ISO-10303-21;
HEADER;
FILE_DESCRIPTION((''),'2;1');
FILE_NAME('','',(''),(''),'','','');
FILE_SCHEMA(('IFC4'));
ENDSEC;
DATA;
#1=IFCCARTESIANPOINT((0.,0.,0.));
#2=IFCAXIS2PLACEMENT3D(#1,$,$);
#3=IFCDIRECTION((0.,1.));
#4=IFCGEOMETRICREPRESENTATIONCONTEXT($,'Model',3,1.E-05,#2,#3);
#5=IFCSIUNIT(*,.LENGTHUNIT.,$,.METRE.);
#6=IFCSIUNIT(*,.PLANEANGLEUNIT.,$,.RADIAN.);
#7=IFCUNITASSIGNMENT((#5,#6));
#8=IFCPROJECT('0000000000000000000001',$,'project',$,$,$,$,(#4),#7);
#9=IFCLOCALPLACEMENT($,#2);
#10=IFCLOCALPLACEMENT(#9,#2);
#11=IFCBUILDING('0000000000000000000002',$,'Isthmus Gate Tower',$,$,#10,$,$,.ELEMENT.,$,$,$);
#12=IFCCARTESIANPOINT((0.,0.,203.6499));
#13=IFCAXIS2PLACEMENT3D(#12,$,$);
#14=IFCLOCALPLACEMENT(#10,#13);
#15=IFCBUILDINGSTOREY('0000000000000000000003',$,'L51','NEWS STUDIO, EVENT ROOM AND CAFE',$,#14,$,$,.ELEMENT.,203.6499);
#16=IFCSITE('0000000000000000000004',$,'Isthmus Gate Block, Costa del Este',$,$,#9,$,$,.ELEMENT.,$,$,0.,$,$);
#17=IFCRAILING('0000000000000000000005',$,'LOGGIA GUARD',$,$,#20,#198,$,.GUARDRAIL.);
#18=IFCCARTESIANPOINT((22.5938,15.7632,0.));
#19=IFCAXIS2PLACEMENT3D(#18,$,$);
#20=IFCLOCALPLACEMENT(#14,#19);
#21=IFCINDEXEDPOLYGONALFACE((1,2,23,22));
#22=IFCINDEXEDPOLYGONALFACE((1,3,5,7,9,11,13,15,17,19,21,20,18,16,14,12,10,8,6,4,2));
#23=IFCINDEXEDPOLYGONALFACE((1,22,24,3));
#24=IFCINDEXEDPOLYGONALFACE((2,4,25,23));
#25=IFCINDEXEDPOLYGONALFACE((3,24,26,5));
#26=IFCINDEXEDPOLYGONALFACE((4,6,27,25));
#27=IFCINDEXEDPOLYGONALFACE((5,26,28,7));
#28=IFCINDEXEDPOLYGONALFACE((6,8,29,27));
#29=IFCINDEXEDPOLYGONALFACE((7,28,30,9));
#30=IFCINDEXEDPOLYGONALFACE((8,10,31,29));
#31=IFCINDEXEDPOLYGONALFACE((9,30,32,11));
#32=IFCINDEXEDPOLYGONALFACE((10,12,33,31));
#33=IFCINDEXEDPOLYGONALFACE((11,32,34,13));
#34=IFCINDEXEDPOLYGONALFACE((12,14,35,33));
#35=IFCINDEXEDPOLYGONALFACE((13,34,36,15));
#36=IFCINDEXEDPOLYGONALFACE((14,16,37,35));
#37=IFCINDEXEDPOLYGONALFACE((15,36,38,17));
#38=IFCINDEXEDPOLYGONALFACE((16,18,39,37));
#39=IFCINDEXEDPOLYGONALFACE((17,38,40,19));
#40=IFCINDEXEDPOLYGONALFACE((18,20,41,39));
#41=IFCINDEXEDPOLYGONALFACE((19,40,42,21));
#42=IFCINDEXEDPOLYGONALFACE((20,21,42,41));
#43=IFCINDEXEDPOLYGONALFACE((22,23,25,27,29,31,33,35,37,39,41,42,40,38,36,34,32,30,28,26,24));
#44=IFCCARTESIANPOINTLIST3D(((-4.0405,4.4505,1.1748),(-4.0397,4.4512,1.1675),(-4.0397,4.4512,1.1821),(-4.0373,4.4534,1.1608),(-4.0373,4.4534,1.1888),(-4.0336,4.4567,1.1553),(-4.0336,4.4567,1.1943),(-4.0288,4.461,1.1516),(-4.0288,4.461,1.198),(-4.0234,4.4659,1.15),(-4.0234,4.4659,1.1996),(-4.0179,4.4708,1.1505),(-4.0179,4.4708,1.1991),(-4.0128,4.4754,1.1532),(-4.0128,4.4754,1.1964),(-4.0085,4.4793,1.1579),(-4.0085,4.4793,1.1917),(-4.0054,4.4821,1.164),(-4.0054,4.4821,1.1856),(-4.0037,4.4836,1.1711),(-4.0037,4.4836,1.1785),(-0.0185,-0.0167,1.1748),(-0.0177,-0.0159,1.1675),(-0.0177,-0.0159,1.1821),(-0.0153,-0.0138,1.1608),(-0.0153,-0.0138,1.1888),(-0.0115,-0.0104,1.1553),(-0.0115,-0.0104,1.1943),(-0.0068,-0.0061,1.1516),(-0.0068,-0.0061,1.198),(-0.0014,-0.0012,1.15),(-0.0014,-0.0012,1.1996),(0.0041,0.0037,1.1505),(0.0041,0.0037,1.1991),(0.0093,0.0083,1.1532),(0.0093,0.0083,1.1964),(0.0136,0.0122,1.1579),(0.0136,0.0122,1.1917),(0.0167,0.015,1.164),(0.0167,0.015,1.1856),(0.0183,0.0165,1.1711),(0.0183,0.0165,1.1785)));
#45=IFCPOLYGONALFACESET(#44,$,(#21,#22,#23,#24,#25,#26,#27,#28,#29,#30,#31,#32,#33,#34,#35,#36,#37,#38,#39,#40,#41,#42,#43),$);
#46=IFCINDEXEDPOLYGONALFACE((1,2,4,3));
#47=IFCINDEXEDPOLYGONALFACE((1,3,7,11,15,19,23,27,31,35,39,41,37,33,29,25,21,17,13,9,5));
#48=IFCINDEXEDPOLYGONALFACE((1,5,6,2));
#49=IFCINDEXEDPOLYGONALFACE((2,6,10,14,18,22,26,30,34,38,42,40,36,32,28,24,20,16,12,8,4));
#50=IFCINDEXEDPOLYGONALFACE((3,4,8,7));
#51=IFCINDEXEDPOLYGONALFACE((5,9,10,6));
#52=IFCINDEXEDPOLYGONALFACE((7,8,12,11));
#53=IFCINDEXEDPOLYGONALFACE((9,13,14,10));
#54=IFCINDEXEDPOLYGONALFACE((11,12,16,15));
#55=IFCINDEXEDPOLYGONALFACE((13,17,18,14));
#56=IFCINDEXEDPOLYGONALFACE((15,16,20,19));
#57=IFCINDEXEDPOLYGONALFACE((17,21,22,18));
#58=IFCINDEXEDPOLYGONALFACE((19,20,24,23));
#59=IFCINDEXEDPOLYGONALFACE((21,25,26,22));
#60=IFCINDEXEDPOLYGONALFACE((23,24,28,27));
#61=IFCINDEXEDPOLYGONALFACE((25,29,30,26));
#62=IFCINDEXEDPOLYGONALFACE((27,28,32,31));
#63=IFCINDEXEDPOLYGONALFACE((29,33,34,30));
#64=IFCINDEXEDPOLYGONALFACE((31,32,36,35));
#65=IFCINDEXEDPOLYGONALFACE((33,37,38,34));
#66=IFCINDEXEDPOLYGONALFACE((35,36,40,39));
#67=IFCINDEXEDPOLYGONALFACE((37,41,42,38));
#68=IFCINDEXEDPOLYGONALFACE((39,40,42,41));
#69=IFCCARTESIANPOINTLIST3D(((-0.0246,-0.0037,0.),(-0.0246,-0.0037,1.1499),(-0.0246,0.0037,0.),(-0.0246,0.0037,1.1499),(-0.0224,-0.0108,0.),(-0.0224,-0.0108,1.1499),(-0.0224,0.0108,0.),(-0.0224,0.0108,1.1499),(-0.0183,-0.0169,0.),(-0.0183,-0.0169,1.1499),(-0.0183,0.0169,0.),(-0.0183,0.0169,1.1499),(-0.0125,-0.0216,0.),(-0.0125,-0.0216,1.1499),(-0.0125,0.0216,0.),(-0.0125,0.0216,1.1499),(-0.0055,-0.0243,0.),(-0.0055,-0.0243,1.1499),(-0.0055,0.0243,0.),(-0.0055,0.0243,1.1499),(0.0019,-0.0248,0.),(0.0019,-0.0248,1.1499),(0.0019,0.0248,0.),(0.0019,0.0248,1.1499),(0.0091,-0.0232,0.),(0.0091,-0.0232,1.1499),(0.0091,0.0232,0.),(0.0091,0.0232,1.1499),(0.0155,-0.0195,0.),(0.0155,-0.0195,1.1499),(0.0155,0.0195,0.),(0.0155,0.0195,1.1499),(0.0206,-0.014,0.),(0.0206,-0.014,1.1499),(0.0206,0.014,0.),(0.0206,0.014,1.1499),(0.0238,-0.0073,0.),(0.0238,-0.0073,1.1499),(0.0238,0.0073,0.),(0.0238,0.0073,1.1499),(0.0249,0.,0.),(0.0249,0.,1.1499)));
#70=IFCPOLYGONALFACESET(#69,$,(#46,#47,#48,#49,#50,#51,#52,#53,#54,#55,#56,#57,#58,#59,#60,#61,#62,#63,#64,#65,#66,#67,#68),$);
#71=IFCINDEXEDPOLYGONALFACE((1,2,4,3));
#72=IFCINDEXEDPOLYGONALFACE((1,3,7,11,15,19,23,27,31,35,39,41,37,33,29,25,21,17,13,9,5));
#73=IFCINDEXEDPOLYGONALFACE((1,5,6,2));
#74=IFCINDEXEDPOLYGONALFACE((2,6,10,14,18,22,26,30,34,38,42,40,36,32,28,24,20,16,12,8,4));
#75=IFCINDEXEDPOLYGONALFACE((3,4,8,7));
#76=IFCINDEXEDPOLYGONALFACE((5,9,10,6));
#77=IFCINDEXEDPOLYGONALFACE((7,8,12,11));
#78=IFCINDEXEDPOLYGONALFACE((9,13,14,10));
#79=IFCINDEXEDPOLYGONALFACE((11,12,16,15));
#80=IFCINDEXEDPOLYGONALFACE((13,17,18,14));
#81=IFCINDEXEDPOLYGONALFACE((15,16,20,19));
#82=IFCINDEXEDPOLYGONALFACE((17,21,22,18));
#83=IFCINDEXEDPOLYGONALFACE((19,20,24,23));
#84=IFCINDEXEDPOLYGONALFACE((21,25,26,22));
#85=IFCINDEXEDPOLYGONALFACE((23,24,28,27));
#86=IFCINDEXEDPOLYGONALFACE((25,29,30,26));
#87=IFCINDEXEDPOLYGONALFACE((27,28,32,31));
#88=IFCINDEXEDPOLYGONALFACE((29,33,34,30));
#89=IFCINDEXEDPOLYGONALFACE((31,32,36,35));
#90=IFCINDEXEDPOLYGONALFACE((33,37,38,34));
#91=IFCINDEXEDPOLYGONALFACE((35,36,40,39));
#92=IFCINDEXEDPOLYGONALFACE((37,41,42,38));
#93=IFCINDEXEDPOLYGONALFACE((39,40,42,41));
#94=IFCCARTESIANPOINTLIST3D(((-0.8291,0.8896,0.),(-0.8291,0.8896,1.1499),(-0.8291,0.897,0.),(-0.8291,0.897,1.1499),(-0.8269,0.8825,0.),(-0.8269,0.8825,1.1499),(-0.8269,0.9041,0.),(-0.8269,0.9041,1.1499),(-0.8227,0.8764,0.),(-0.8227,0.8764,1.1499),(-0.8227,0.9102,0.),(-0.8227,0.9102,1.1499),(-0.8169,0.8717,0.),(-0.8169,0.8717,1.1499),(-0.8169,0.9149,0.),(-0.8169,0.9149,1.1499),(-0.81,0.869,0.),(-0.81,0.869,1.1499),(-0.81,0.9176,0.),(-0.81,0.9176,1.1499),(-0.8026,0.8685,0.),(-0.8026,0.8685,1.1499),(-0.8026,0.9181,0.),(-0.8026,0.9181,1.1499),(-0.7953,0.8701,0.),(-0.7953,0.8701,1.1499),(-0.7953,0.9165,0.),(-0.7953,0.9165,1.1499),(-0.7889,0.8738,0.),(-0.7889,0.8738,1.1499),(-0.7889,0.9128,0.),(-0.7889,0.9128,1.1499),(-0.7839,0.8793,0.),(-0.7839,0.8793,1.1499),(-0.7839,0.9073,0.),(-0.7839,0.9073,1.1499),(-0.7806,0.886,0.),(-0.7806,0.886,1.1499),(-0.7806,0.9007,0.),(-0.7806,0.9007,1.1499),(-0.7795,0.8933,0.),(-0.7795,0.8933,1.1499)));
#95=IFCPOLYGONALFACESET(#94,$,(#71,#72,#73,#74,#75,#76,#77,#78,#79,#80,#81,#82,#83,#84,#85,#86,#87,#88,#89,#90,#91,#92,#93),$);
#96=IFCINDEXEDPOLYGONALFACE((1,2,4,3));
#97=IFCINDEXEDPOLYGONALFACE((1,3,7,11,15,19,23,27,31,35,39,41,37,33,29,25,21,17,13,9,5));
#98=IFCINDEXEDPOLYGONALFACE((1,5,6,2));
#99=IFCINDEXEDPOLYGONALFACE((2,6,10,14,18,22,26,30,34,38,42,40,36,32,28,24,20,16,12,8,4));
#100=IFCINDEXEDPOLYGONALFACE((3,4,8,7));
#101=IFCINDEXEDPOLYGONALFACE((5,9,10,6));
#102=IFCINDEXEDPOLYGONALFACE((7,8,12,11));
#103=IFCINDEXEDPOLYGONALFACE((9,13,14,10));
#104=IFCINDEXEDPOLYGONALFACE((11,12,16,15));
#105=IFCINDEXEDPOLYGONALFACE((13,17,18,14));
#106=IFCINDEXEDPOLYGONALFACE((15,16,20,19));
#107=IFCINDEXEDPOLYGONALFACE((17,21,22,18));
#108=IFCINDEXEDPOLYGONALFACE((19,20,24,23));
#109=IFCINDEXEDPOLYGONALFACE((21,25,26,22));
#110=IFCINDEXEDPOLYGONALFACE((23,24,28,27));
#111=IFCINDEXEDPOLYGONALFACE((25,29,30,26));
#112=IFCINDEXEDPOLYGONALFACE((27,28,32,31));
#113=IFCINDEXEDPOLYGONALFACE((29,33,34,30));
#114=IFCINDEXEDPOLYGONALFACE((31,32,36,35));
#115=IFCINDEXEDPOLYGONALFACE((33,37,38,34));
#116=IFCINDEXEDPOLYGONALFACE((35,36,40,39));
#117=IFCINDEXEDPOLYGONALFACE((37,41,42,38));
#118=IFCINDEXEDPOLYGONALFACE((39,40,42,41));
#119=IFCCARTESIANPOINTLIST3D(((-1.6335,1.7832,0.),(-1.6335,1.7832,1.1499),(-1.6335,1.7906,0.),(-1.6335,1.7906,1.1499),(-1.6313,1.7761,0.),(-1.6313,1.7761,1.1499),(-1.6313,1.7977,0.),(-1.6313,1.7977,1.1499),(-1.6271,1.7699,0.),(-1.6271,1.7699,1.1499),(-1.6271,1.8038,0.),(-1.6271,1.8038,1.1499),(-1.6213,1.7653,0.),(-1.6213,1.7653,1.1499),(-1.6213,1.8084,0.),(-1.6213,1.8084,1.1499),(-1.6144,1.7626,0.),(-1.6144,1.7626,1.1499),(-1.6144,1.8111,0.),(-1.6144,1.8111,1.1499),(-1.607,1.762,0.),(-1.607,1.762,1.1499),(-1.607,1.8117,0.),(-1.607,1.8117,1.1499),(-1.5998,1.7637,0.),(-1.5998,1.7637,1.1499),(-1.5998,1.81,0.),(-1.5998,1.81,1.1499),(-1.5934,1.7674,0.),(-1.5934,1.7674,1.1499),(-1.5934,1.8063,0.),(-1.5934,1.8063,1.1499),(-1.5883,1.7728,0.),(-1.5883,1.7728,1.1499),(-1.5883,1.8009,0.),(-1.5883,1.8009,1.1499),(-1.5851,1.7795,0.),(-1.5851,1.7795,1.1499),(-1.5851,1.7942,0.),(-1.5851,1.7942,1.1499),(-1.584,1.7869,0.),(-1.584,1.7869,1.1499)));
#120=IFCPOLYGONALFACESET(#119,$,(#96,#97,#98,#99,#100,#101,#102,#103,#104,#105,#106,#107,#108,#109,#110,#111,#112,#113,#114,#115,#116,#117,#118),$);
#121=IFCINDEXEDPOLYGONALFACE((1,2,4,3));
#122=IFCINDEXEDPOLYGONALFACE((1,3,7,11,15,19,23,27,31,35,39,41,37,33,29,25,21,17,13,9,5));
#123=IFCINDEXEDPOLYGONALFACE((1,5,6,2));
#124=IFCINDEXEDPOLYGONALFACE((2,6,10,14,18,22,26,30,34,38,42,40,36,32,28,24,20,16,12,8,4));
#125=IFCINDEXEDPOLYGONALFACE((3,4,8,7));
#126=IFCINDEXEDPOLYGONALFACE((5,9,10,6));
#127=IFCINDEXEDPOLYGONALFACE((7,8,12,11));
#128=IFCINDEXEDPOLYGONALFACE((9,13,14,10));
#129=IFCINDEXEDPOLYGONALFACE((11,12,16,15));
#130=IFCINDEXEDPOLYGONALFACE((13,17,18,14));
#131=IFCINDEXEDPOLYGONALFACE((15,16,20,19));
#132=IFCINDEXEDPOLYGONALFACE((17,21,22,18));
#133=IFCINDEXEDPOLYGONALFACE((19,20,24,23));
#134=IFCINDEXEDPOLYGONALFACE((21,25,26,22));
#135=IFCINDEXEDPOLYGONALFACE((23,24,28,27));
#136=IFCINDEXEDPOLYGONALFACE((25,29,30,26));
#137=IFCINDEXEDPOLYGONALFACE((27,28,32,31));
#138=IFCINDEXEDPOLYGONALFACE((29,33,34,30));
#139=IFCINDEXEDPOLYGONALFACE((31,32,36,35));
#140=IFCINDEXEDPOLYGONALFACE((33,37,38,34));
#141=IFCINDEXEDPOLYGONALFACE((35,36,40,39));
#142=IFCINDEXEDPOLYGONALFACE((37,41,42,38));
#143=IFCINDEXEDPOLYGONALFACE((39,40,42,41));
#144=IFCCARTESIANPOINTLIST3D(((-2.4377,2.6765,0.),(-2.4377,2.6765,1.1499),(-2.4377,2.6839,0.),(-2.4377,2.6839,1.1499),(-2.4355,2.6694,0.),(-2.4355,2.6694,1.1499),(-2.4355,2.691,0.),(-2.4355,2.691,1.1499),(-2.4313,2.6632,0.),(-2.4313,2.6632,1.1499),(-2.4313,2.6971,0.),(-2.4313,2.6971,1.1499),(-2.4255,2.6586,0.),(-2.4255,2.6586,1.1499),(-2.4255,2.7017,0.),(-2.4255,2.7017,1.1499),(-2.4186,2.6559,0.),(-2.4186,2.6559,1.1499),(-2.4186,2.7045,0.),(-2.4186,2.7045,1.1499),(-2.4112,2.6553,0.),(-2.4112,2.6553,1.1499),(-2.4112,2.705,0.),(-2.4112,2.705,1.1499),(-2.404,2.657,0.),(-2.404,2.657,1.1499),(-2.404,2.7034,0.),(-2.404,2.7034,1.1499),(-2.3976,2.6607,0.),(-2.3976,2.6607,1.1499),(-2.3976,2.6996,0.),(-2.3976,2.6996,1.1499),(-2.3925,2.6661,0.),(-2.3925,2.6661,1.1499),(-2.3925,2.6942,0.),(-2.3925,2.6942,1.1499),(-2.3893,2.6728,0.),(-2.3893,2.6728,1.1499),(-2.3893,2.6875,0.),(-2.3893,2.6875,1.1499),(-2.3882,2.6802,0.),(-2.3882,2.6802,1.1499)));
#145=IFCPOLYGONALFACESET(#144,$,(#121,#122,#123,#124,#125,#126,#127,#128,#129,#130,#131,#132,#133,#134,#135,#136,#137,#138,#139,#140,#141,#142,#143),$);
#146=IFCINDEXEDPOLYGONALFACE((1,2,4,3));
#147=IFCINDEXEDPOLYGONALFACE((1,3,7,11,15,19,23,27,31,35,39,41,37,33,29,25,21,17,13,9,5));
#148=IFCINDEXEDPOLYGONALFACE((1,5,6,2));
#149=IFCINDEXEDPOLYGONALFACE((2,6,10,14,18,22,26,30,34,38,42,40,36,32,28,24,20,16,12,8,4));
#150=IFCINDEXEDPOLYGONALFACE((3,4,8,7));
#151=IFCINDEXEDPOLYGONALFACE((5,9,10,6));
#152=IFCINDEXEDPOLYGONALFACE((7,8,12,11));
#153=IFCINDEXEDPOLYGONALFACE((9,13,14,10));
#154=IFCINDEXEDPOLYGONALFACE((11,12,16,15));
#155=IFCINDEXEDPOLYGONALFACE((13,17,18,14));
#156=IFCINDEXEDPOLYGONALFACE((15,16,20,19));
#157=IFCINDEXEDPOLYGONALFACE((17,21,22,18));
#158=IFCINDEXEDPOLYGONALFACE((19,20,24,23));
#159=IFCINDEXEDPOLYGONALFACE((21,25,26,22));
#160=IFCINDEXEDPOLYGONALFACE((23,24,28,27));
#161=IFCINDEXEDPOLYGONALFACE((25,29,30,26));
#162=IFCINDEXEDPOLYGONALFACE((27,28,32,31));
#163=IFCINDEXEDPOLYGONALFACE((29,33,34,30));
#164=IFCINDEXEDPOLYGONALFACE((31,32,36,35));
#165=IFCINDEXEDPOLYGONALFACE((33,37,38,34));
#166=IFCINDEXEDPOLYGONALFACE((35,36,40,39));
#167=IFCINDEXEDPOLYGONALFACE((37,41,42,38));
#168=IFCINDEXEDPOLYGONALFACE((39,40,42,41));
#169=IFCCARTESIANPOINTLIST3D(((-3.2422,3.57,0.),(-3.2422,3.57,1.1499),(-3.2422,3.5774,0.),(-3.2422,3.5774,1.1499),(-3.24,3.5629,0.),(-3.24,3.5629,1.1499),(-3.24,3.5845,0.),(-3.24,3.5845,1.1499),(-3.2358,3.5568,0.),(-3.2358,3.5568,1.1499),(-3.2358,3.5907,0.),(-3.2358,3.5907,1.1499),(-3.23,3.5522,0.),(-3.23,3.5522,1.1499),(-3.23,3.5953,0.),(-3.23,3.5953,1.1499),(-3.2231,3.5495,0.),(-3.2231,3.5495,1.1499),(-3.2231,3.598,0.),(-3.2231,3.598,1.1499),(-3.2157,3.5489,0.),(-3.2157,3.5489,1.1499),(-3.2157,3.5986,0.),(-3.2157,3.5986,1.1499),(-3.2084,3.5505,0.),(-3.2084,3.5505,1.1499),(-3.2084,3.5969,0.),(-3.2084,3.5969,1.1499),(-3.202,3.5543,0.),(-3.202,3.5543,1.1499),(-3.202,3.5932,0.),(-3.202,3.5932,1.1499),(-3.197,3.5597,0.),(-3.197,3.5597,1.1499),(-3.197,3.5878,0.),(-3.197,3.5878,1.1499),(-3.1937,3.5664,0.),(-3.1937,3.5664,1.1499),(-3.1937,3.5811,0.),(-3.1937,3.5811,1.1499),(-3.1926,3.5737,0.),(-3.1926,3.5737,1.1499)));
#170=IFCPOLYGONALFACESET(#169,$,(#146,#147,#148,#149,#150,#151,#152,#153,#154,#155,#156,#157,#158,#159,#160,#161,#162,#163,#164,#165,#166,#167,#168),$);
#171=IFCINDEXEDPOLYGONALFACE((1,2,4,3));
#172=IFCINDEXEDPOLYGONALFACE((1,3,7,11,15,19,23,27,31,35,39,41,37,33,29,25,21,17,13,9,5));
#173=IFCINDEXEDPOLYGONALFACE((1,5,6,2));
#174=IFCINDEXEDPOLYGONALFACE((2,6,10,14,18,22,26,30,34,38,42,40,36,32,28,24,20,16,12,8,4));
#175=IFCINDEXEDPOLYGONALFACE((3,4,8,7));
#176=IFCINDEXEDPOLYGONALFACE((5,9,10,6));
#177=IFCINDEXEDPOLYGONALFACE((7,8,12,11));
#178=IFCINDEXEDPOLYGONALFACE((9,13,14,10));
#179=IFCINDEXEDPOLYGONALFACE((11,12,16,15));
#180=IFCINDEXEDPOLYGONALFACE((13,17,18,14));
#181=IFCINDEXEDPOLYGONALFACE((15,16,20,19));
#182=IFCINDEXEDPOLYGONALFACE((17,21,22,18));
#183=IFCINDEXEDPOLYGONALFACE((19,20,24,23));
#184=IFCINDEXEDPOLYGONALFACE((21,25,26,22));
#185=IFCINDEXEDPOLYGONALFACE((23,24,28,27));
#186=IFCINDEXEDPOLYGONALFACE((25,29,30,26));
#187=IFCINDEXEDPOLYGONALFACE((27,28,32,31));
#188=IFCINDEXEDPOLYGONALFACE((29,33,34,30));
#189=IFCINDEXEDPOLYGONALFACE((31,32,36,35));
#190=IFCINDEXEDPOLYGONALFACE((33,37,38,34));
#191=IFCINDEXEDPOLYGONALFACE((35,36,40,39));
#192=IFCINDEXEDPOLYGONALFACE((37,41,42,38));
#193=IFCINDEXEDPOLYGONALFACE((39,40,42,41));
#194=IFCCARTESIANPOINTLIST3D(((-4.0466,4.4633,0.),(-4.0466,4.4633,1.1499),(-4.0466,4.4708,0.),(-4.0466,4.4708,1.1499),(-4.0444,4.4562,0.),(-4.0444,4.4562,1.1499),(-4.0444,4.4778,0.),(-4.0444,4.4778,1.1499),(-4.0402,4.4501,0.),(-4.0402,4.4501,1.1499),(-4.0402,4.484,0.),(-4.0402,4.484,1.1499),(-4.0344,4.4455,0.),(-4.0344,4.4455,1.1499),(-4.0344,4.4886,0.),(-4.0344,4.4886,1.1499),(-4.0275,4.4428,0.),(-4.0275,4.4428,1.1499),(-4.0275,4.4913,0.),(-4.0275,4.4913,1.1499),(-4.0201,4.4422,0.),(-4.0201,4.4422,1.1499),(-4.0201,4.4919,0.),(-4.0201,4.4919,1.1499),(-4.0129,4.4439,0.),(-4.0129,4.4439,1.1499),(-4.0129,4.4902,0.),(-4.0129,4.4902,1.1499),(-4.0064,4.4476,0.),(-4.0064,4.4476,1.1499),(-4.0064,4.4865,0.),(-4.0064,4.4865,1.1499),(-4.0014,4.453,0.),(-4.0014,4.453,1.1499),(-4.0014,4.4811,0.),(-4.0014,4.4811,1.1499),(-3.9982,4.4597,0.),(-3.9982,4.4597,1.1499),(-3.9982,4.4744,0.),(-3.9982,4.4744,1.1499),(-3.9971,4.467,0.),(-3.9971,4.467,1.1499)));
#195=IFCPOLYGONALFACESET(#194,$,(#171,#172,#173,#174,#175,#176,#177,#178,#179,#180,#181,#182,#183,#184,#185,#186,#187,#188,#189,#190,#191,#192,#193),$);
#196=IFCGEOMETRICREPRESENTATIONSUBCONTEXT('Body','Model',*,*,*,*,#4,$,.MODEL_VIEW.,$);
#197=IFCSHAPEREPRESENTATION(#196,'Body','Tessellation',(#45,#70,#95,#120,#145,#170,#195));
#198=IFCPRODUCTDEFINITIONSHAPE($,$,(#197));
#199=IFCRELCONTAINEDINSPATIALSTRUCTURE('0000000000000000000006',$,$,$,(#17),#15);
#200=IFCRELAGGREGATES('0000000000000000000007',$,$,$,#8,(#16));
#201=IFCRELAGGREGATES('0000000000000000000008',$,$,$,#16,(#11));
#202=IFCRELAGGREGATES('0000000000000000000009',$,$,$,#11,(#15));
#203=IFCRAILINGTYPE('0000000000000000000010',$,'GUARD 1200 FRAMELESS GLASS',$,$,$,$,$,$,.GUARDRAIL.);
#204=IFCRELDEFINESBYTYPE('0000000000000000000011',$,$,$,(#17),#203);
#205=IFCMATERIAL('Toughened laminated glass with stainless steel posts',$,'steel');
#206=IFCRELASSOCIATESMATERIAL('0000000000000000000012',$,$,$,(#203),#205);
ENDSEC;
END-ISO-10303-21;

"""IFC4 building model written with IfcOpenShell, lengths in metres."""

from ifc_helpers import new_model, si_unit, direction, frame, origin, origin_2d, place, context, subcontext, project, spatial, circle, extrude, material, type_object, element, save


model = new_model("IFC4")

# Units and contexts
model_context = context("Model", 3, precision=1e-05, world=origin(), true_north=direction((0.0, 1.0)))
body_context = subcontext(model_context, "Body", "Model", "MODEL_VIEW")
ifc_project = project(units=[si_unit("LENGTHUNIT", "METRE"), si_unit("PLANEANGLEUNIT", "RADIAN")], contexts=[model_context])

# Site, building, storey
site_placement = place(None, origin())
site = spatial("IfcSite", under=ifc_project, at=site_placement, Name="Isthmus Gate Block, Costa del Este", CompositionType="ELEMENT", RefElevation=0.0)
building_placement = place(site_placement, origin())
building = spatial("IfcBuilding", under=site, at=building_placement, Name="Isthmus Gate Tower", CompositionType="ELEMENT")
storey_placement = place(building_placement, frame((0.0, 0.0, 203.6499)))
storey = spatial("IfcBuildingStorey", under=building, at=storey_placement, Name="L51", Description="NEWS STUDIO, EVENT ROOM AND CAFE", CompositionType="ELEMENT", Elevation=203.6499)

# Railing
ifc_material_1 = material(Name="Toughened laminated glass with stainless steel posts", Category="steel")
railing_type = type_object("IfcRailingType", Name="GUARD 1200 FRAMELESS GLASS", PredefinedType="GUARDRAIL", material=ifc_material_1)
railing_placement = place(storey_placement, frame((22.5938, 15.7632, 0.0)))
element("IfcRailing", 1, at=railing_placement, inside=storey, type_object=railing_type, Name="LOGGIA GUARD", PredefinedType="GUARDRAIL", context=body_context, shape_type="SweptSolid", body=[
    extrude(circle(Radius=0.0249, at=origin_2d()), frame((0.0, 0.0, 1.1748), z_axis=(-0.669115, 0.743159, 0.0), x_axis=(-0.743159, -0.669115, 0.0)), (0.0, 0.0, 1.0), 6.011),
    extrude(circle(Radius=0.0249, at=origin_2d()), origin(), (0.0, 0.0, 1.0), 1.1499),
    extrude(circle(Radius=0.0249, at=origin_2d()), frame((-0.8044, 0.8933, 0.0)), (0.0, 0.0, 1.0), 1.1499),
    extrude(circle(Radius=0.0249, at=origin_2d()), frame((-1.6089, 1.7869, 0.0)), (0.0, 0.0, 1.0), 1.1499),
    extrude(circle(Radius=0.0249, at=origin_2d()), frame((-2.4131, 2.6802, 0.0)), (0.0, 0.0, 1.0), 1.1499),
    extrude(circle(Radius=0.0249, at=origin_2d()), frame((-3.2175, 3.5737, 0.0)), (0.0, 0.0, 1.0), 1.1499),
    extrude(circle(Radius=0.0249, at=origin_2d()), frame((-4.022, 4.467, 0.0)), (0.0, 0.0, 1.0), 1.1499),
])

save(model, "model.ifc")
